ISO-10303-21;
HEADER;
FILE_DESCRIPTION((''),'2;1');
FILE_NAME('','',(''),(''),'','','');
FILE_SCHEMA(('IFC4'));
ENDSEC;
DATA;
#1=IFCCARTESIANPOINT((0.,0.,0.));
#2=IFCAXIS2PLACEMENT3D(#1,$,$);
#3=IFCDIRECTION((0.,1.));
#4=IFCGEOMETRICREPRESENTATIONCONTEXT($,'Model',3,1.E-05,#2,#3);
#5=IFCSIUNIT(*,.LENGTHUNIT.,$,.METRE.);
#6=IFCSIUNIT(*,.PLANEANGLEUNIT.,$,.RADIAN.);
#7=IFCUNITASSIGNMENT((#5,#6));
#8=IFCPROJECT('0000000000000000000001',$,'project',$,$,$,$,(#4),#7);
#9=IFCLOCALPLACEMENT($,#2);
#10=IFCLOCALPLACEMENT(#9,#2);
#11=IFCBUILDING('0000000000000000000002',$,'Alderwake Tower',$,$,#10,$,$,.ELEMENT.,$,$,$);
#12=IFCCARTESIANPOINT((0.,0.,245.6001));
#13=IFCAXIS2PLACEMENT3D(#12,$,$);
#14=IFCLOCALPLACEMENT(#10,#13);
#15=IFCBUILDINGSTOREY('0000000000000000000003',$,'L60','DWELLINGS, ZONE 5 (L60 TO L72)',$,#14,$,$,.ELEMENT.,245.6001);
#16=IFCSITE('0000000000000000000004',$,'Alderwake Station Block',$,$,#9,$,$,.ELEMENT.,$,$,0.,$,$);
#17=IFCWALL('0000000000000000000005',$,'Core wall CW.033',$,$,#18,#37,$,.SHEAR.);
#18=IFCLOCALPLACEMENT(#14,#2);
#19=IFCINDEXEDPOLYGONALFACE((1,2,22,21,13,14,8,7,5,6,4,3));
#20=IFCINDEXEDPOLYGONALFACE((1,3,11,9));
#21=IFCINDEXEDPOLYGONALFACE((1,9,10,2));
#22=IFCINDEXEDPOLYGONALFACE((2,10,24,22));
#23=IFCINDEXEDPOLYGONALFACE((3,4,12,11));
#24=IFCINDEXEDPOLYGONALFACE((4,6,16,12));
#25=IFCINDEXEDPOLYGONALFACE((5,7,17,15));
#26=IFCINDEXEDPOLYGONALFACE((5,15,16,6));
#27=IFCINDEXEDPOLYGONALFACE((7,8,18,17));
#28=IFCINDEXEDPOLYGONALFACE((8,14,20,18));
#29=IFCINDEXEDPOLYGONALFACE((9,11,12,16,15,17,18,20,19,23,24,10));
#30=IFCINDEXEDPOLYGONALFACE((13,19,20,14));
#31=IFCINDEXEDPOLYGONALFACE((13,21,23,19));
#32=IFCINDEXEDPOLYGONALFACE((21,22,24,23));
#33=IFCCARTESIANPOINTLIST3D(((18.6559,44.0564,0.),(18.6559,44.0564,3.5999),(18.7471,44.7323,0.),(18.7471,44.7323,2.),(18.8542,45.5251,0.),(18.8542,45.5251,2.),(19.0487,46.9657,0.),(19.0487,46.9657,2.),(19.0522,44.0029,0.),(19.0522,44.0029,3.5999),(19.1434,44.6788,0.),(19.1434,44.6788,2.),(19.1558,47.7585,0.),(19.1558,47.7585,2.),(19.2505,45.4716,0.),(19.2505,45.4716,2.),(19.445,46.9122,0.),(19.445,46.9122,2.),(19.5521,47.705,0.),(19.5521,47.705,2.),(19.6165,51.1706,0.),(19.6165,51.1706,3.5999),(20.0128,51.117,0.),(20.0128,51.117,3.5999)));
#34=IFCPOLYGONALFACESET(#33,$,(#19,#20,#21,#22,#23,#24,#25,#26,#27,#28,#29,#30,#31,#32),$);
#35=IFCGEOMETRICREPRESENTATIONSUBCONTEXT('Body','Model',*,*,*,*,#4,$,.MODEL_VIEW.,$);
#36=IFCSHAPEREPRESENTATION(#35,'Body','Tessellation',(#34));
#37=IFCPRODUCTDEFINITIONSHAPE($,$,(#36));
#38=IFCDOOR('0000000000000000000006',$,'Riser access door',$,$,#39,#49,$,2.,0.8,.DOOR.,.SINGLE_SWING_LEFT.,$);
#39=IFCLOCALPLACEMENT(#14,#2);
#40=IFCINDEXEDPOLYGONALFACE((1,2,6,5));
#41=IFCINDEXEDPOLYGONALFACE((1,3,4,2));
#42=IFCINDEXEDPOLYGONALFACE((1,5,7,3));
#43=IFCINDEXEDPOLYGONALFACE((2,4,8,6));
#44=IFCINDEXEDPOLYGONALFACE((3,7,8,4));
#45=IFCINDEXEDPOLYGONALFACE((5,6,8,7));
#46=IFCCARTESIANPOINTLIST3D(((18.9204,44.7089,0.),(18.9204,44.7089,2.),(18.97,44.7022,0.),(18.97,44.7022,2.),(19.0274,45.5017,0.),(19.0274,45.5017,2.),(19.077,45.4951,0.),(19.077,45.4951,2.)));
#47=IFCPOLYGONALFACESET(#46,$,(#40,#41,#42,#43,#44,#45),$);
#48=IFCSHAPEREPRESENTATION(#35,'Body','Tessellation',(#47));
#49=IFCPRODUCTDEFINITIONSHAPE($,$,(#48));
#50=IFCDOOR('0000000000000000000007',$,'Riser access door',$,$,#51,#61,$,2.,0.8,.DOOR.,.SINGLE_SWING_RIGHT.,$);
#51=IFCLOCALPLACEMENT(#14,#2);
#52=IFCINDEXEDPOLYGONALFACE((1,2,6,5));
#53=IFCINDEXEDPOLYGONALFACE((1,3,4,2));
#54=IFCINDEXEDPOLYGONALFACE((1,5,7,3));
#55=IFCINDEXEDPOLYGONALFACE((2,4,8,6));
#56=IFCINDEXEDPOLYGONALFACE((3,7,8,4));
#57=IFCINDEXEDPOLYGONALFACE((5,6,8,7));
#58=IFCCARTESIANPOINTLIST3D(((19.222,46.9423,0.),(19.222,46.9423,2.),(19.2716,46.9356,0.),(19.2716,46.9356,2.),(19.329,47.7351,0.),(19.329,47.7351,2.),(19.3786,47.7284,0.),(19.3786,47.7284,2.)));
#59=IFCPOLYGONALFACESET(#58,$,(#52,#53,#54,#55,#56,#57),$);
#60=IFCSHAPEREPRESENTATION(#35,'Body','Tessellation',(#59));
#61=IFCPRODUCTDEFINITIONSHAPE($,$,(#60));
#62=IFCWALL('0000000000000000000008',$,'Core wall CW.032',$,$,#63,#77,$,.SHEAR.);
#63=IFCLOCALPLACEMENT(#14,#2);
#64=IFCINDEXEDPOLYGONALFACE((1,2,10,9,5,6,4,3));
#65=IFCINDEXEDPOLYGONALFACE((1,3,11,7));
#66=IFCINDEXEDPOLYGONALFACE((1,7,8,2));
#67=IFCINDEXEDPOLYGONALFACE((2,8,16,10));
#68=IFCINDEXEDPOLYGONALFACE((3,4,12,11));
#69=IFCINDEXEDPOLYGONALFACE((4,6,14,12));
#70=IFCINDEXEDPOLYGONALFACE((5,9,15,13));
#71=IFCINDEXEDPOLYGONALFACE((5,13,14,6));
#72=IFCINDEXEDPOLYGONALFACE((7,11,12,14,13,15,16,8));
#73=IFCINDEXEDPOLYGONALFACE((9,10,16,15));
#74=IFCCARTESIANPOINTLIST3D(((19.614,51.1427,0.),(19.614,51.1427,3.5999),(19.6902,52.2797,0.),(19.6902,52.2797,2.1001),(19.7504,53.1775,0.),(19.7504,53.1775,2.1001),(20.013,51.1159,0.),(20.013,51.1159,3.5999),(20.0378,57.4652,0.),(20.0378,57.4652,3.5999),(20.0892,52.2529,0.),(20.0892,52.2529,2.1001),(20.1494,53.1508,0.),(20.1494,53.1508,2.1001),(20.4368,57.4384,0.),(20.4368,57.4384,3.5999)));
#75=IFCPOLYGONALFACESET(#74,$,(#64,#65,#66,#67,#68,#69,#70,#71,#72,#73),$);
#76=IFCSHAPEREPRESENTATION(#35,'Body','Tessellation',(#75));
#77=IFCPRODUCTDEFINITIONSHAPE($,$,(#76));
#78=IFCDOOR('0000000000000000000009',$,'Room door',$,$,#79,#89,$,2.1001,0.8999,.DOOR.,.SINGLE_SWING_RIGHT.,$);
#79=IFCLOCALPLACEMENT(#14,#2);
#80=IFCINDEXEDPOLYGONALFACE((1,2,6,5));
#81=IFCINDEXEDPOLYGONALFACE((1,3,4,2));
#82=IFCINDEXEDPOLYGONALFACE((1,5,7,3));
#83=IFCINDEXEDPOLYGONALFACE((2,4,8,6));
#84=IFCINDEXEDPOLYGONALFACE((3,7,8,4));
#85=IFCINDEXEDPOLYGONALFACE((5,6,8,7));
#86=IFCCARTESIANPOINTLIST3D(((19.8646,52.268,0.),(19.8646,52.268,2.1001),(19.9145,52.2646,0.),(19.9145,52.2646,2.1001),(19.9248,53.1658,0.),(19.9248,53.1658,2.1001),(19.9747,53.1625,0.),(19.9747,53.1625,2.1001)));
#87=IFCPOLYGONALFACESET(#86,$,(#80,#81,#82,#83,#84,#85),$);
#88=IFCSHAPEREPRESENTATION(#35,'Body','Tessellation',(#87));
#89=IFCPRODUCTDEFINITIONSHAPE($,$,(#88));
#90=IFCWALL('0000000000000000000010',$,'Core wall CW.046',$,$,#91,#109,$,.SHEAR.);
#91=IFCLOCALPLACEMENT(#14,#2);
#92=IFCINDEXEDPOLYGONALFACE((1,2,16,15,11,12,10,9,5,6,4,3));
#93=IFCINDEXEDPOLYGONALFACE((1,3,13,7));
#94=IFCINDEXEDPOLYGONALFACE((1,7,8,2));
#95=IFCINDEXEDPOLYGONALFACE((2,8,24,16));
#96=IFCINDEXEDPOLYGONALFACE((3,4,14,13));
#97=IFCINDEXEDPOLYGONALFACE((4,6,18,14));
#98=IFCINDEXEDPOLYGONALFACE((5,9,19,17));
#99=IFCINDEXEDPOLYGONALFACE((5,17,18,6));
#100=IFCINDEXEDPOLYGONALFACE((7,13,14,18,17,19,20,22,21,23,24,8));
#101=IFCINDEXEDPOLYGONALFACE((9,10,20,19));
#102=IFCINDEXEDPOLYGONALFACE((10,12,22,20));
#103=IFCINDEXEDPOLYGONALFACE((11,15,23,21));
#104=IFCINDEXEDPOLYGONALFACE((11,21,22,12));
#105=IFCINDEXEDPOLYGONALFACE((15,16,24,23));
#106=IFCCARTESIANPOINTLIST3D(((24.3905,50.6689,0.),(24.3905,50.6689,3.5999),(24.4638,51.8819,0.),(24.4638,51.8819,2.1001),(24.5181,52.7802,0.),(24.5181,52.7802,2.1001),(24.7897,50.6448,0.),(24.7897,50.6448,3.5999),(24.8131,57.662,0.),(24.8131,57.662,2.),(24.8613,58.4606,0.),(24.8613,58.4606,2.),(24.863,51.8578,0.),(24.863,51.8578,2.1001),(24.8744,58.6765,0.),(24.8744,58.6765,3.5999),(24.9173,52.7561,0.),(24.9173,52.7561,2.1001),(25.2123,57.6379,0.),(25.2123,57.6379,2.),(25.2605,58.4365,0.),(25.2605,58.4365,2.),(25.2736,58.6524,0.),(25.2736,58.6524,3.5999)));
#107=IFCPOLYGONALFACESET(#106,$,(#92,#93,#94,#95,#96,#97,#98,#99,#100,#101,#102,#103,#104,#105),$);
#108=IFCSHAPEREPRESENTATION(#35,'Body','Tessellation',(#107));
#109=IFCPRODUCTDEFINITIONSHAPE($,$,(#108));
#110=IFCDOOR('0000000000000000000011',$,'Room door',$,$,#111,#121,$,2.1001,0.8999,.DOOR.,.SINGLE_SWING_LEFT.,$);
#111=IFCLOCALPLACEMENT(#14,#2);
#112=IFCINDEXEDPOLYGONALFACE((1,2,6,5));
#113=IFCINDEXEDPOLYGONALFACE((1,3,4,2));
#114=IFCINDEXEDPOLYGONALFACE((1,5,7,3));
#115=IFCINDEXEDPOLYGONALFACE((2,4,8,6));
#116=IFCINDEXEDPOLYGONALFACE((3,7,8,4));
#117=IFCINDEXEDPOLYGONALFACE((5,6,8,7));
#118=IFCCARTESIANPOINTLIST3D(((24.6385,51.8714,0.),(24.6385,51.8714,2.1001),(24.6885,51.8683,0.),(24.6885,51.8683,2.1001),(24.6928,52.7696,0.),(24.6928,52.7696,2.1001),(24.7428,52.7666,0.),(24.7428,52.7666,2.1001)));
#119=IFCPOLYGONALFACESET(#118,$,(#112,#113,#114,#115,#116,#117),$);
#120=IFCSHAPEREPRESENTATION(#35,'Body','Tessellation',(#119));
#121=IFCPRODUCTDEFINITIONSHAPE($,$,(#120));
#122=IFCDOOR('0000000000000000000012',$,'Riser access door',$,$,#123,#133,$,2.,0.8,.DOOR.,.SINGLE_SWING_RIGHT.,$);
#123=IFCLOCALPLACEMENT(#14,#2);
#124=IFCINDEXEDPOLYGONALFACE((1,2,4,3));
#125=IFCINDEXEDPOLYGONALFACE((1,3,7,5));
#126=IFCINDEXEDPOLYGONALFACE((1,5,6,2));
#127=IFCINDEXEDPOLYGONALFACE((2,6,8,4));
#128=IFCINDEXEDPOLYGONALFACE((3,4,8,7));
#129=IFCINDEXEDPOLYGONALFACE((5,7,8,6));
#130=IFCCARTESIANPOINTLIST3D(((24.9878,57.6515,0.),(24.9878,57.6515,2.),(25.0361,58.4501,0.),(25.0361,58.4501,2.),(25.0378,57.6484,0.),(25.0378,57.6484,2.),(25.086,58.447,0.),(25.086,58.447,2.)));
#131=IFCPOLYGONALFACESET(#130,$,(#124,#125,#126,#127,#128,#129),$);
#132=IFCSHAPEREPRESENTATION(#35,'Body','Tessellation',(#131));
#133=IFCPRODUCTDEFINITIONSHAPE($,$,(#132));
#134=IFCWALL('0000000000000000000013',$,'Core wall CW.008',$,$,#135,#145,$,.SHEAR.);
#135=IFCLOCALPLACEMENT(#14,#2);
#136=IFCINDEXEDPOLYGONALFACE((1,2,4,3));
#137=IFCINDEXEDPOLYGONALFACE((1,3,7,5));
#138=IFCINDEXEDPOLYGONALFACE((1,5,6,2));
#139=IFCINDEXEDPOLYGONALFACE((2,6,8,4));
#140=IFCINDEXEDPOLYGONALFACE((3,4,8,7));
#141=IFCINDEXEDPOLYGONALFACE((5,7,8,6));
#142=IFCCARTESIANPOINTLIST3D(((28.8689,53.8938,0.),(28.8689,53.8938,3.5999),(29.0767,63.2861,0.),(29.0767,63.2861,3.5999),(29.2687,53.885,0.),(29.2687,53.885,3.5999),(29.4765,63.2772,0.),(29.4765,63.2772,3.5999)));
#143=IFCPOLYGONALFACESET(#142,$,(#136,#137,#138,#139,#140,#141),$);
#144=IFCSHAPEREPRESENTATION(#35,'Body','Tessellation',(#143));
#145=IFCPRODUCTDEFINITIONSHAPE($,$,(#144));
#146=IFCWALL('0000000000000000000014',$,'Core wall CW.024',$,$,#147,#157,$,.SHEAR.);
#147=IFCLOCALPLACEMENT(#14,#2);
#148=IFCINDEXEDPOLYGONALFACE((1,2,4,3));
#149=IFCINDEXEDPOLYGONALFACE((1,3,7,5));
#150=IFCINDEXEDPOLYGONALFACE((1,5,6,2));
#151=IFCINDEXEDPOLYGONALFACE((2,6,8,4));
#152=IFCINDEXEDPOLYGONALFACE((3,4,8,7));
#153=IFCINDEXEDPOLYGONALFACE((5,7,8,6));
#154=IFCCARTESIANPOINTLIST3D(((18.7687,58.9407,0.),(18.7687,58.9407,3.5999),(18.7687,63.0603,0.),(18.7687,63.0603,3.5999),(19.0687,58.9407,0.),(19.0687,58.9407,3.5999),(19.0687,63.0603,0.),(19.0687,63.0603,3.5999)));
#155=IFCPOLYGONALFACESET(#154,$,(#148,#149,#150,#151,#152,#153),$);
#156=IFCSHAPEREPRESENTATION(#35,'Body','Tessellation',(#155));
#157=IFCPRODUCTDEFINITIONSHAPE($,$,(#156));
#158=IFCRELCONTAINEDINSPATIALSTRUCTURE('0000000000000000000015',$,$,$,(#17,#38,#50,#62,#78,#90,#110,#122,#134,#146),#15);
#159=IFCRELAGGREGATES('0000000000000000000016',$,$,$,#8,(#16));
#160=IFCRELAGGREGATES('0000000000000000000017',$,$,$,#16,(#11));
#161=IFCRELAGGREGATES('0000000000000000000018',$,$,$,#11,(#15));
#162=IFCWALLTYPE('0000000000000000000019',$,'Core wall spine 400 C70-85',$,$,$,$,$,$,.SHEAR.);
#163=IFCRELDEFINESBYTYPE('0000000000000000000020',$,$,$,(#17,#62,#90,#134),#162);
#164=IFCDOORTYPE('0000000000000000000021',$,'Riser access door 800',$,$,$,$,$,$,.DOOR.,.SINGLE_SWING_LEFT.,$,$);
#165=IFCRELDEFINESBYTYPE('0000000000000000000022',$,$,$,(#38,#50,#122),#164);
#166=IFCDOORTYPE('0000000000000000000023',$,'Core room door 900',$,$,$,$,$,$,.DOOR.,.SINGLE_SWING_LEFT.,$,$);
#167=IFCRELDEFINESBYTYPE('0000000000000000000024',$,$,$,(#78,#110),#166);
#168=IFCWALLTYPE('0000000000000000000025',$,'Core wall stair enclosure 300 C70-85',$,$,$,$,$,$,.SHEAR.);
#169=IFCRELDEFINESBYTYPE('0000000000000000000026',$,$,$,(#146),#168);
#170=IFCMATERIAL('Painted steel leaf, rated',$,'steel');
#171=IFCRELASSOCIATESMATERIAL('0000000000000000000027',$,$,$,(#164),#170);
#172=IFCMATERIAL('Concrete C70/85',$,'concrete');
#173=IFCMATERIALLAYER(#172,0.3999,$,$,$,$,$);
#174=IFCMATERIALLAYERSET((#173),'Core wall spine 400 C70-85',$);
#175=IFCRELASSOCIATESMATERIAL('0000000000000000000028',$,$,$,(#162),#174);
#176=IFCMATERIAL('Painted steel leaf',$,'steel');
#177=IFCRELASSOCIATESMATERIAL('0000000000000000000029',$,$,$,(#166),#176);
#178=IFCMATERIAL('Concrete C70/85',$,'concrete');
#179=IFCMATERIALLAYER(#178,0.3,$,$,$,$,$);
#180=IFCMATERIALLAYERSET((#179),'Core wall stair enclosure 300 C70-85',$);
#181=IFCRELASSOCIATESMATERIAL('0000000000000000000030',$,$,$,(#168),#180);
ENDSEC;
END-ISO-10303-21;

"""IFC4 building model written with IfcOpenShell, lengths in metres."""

from ifc_helpers import new_model, si_unit, direction, frame, frame_2d, origin, place, context, subcontext, project, spatial, rectangle, extrude, material, layer, layer_set, type_object, element, fill, save


model = new_model("IFC4")

# Units and contexts
model_context = context("Model", 3, precision=1e-05, world=origin(), true_north=direction((0.0, 1.0)))
body_context = subcontext(model_context, "Body", "Model", "MODEL_VIEW")
ifc_project = project(units=[si_unit("LENGTHUNIT", "METRE"), si_unit("PLANEANGLEUNIT", "RADIAN")], contexts=[model_context])

# Site, building, storey
site_placement = place(None, origin())
site = spatial("IfcSite", under=ifc_project, at=site_placement, Name="Alderwake Station Block", CompositionType="ELEMENT", RefElevation=0.0)
building_placement = place(site_placement, origin())
building = spatial("IfcBuilding", under=site, at=building_placement, Name="Alderwake Tower", CompositionType="ELEMENT")
storey_placement = place(building_placement, frame((0.0, 0.0, 245.6001)))
storey = spatial("IfcBuildingStorey", under=building, at=storey_placement, Name="L60", Description="DWELLINGS, ZONE 5 (L60 TO L72)", CompositionType="ELEMENT", Elevation=245.6001)

# Shared definitions
ifc_material_1 = material(Name="Painted steel leaf, rated", Category="steel")
door_type_1 = type_object("IfcDoorType", Name="Riser access door 800", OperationType="SINGLE_SWING_LEFT", PredefinedType="DOOR", material=ifc_material_1)

# Wall, openings, doors
ifc_material_2 = material(Name="Concrete C70/85", Category="concrete")
ifc_layer_1 = layer(ifc_material_2, 0.3999)
ifc_layer_set_1 = layer_set([ifc_layer_1], Name="Core wall spine 400 C70-85")
wall_type_1 = type_object("IfcWallType", Name="Core wall spine 400 C70-85", PredefinedType="SHEAR", material=ifc_layer_set_1)
wall_1_placement = place(storey_placement, frame((19.8147, 51.1438, 0.0), z_axis=(0.0, 0.0, 1.0), x_axis=(-0.133823, -0.991005, 0.0)))
wall_1 = element("IfcWall", 1, at=wall_1_placement, inside=storey, type_object=wall_type_1, Name="Core wall CW.033", PredefinedType="SHEAR", context=body_context, shape_type="SweptSolid", body=[
    extrude(rectangle(XDim=7.1787, YDim=0.3999, at=frame_2d((3.5894, 0.0))), origin(), (0.0, 0.0, 1.0), 3.5999),
])
opening_1_placement = place(wall_1_placement, frame((5.6968, 0.0, 0.0)))
opening_1 = element("IfcOpeningElement", 2, at=opening_1_placement, cuts=wall_1, PredefinedType="OPENING", context=body_context, shape_type="SweptSolid", body=[
    extrude(rectangle(XDim=0.8, YDim=2.0, at=frame_2d((0.3999, 1.0))), frame((0.0, 0.21, 0.0), z_axis=(0.0, -1.0, 0.0), x_axis=(1.0, 0.0, 0.0)), (0.0, 0.0, 1.0), 0.4199),
])
opening_2_placement = place(wall_1_placement, frame((3.4431, 0.0, 0.0)))
opening_2 = element("IfcOpeningElement", 3, at=opening_2_placement, cuts=wall_1, PredefinedType="OPENING", context=body_context, shape_type="SweptSolid", body=[
    extrude(rectangle(XDim=0.8, YDim=2.0, at=frame_2d((0.3999, 1.0))), frame((0.0, 0.21, 0.0), z_axis=(0.0, -1.0, 0.0), x_axis=(1.0, 0.0, 0.0)), (0.0, 0.0, 1.0), 0.4199),
])
door_1_placement = place(opening_1_placement, origin())
door_1 = element("IfcDoor", 4, at=door_1_placement, inside=storey, type_object=door_type_1, Name="Riser access door", OperationType="SINGLE_SWING_LEFT", OverallHeight=2.0, OverallWidth=0.8, PredefinedType="DOOR", context=body_context, shape_type="SweptSolid", body=[
    extrude(rectangle(XDim=0.8, YDim=2.0, at=frame_2d((0.3999, 1.0))), frame((0.0, 0.0249, 0.0), z_axis=(0.0, -1.0, 0.0), x_axis=(1.0, 0.0, 0.0)), (0.0, 0.0, 1.0), 0.05),
])
fill(opening_1, door_1)
door_2_placement = place(opening_2_placement, origin())
door_2 = element("IfcDoor", 5, at=door_2_placement, inside=storey, type_object=door_type_1, Name="Riser access door", OperationType="SINGLE_SWING_RIGHT", OverallHeight=2.0, OverallWidth=0.8, PredefinedType="DOOR", context=body_context, shape_type="SweptSolid", body=[
    extrude(rectangle(XDim=0.8, YDim=2.0, at=frame_2d((0.3999, 1.0))), frame((0.0, 0.0249, 0.0), z_axis=(0.0, -1.0, 0.0), x_axis=(1.0, 0.0, 0.0)), (0.0, 0.0, 1.0), 0.05),
])
fill(opening_2, door_2)

# Wall, opening, door
wall_2_placement = place(storey_placement, frame((20.2373, 57.4519, 0.0), z_axis=(0.0, 0.0, 1.0), x_axis=(-0.066885, -0.997761, 0.0)))
wall_2 = element("IfcWall", 6, at=wall_2_placement, inside=storey, type_object=wall_type_1, Name="Core wall CW.032", PredefinedType="SHEAR", context=body_context, shape_type="SweptSolid", body=[
    extrude(rectangle(XDim=6.3367, YDim=0.3999, at=frame_2d((3.1685, 0.0))), origin(), (0.0, 0.0, 1.0), 3.5999),
])
opening_3_placement = place(wall_2_placement, frame((4.2974, 0.0, 0.0)))
opening_3 = element("IfcOpeningElement", 7, at=opening_3_placement, cuts=wall_2, PredefinedType="OPENING", context=body_context, shape_type="SweptSolid", body=[
    extrude(rectangle(XDim=0.8999, YDim=2.1001, at=frame_2d((0.45, 1.05))), frame((0.0, 0.21, 0.0), z_axis=(0.0, -1.0, 0.0), x_axis=(1.0, 0.0, 0.0)), (0.0, 0.0, 1.0), 0.4199),
])
ifc_material_3 = material(Name="Painted steel leaf", Category="steel")
door_type_2 = type_object("IfcDoorType", Name="Core room door 900", OperationType="SINGLE_SWING_LEFT", PredefinedType="DOOR", material=ifc_material_3)
door_3_placement = place(opening_3_placement, origin())
door_3 = element("IfcDoor", 8, at=door_3_placement, inside=storey, type_object=door_type_2, Name="Room door", OperationType="SINGLE_SWING_RIGHT", OverallHeight=2.1001, OverallWidth=0.8999, PredefinedType="DOOR", context=body_context, shape_type="SweptSolid", body=[
    extrude(rectangle(XDim=0.8999, YDim=2.1001, at=frame_2d((0.45, 1.05))), frame((0.0, 0.0249, 0.0), z_axis=(0.0, -1.0, 0.0), x_axis=(1.0, 0.0, 0.0)), (0.0, 0.0, 1.0), 0.05),
])
fill(opening_3, door_3)

# Wall, openings, doors
wall_3_placement = place(storey_placement, frame((24.5901, 50.6567, 0.0), z_axis=(0.0, 0.0, 1.0), x_axis=(0.060319, 0.998179, 0.0)))
wall_3 = element("IfcWall", 9, at=wall_3_placement, inside=storey, type_object=wall_type_1, Name="Core wall CW.046", PredefinedType="SHEAR", context=body_context, shape_type="SweptSolid", body=[
    extrude(rectangle(XDim=8.0222, YDim=0.3999, at=frame_2d((4.0112, 0.0))), origin(), (0.0, 0.0, 1.0), 3.5999),
])
opening_4_placement = place(wall_3_placement, frame((7.0061, 0.0, 0.0)))
opening_4 = element("IfcOpeningElement", 10, at=opening_4_placement, cuts=wall_3, PredefinedType="OPENING", context=body_context, shape_type="SweptSolid", body=[
    extrude(rectangle(XDim=0.8, YDim=2.0, at=frame_2d((0.3999, 1.0))), frame((0.0, 0.21, 0.0), z_axis=(0.0, -1.0, 0.0), x_axis=(1.0, 0.0, 0.0)), (0.0, 0.0, 1.0), 0.4199),
])
opening_5_placement = place(wall_3_placement, frame((1.2153, 0.0, 0.0)))
opening_5 = element("IfcOpeningElement", 11, at=opening_5_placement, cuts=wall_3, PredefinedType="OPENING", context=body_context, shape_type="SweptSolid", body=[
    extrude(rectangle(XDim=0.8999, YDim=2.1001, at=frame_2d((0.45, 1.05))), frame((0.0, 0.21, 0.0), z_axis=(0.0, -1.0, 0.0), x_axis=(1.0, 0.0, 0.0)), (0.0, 0.0, 1.0), 0.4199),
])
door_4_placement = place(opening_5_placement, origin())
door_4 = element("IfcDoor", 12, at=door_4_placement, inside=storey, type_object=door_type_2, Name="Room door", OperationType="SINGLE_SWING_LEFT", OverallHeight=2.1001, OverallWidth=0.8999, PredefinedType="DOOR", context=body_context, shape_type="SweptSolid", body=[
    extrude(rectangle(XDim=0.8999, YDim=2.1001, at=frame_2d((0.45, 1.05))), frame((0.0, 0.0249, 0.0), z_axis=(0.0, -1.0, 0.0), x_axis=(1.0, 0.0, 0.0)), (0.0, 0.0, 1.0), 0.05),
])
fill(opening_5, door_4)
door_5_placement = place(opening_4_placement, origin())
door_5 = element("IfcDoor", 13, at=door_5_placement, inside=storey, type_object=door_type_1, Name="Riser access door", OperationType="SINGLE_SWING_RIGHT", OverallHeight=2.0, OverallWidth=0.8, PredefinedType="DOOR", context=body_context, shape_type="SweptSolid", body=[
    extrude(rectangle(XDim=0.8, YDim=2.0, at=frame_2d((0.3999, 1.0))), frame((0.0, 0.0249, 0.0), z_axis=(0.0, -1.0, 0.0), x_axis=(1.0, 0.0, 0.0)), (0.0, 0.0, 1.0), 0.05),
])
fill(opening_4, door_5)

# Walls
wall_4_placement = place(storey_placement, frame((29.0688, 53.8894, 0.0), z_axis=(0.0, 0.0, 1.0), x_axis=(0.022115, 0.999755, 0.0)))
element("IfcWall", 14, at=wall_4_placement, inside=storey, type_object=wall_type_1, Name="Core wall CW.008", PredefinedType="SHEAR", context=body_context, shape_type="SweptSolid", body=[
    extrude(rectangle(XDim=9.3945, YDim=0.3999, at=frame_2d((4.6973, 0.0))), origin(), (0.0, 0.0, 1.0), 3.5999),
])
ifc_material_4 = material(Name="Concrete C70/85", Category="concrete")
ifc_layer_2 = layer(ifc_material_4, 0.3)
ifc_layer_set_2 = layer_set([ifc_layer_2], Name="Core wall stair enclosure 300 C70-85")
wall_type_2 = type_object("IfcWallType", Name="Core wall stair enclosure 300 C70-85", PredefinedType="SHEAR", material=ifc_layer_set_2)
wall_5_placement = place(storey_placement, frame((18.9187, 58.9407, 0.0), z_axis=(0.0, 0.0, 1.0), x_axis=(0.0, 1.0, 0.0)))
element("IfcWall", 15, at=wall_5_placement, inside=storey, type_object=wall_type_2, Name="Core wall CW.024", PredefinedType="SHEAR", context=body_context, shape_type="SweptSolid", body=[
    extrude(rectangle(XDim=4.1196, YDim=0.3, at=frame_2d((2.0598, 0.0))), origin(), (0.0, 0.0, 1.0), 3.5999),
])

save(model, "model.ifc")
